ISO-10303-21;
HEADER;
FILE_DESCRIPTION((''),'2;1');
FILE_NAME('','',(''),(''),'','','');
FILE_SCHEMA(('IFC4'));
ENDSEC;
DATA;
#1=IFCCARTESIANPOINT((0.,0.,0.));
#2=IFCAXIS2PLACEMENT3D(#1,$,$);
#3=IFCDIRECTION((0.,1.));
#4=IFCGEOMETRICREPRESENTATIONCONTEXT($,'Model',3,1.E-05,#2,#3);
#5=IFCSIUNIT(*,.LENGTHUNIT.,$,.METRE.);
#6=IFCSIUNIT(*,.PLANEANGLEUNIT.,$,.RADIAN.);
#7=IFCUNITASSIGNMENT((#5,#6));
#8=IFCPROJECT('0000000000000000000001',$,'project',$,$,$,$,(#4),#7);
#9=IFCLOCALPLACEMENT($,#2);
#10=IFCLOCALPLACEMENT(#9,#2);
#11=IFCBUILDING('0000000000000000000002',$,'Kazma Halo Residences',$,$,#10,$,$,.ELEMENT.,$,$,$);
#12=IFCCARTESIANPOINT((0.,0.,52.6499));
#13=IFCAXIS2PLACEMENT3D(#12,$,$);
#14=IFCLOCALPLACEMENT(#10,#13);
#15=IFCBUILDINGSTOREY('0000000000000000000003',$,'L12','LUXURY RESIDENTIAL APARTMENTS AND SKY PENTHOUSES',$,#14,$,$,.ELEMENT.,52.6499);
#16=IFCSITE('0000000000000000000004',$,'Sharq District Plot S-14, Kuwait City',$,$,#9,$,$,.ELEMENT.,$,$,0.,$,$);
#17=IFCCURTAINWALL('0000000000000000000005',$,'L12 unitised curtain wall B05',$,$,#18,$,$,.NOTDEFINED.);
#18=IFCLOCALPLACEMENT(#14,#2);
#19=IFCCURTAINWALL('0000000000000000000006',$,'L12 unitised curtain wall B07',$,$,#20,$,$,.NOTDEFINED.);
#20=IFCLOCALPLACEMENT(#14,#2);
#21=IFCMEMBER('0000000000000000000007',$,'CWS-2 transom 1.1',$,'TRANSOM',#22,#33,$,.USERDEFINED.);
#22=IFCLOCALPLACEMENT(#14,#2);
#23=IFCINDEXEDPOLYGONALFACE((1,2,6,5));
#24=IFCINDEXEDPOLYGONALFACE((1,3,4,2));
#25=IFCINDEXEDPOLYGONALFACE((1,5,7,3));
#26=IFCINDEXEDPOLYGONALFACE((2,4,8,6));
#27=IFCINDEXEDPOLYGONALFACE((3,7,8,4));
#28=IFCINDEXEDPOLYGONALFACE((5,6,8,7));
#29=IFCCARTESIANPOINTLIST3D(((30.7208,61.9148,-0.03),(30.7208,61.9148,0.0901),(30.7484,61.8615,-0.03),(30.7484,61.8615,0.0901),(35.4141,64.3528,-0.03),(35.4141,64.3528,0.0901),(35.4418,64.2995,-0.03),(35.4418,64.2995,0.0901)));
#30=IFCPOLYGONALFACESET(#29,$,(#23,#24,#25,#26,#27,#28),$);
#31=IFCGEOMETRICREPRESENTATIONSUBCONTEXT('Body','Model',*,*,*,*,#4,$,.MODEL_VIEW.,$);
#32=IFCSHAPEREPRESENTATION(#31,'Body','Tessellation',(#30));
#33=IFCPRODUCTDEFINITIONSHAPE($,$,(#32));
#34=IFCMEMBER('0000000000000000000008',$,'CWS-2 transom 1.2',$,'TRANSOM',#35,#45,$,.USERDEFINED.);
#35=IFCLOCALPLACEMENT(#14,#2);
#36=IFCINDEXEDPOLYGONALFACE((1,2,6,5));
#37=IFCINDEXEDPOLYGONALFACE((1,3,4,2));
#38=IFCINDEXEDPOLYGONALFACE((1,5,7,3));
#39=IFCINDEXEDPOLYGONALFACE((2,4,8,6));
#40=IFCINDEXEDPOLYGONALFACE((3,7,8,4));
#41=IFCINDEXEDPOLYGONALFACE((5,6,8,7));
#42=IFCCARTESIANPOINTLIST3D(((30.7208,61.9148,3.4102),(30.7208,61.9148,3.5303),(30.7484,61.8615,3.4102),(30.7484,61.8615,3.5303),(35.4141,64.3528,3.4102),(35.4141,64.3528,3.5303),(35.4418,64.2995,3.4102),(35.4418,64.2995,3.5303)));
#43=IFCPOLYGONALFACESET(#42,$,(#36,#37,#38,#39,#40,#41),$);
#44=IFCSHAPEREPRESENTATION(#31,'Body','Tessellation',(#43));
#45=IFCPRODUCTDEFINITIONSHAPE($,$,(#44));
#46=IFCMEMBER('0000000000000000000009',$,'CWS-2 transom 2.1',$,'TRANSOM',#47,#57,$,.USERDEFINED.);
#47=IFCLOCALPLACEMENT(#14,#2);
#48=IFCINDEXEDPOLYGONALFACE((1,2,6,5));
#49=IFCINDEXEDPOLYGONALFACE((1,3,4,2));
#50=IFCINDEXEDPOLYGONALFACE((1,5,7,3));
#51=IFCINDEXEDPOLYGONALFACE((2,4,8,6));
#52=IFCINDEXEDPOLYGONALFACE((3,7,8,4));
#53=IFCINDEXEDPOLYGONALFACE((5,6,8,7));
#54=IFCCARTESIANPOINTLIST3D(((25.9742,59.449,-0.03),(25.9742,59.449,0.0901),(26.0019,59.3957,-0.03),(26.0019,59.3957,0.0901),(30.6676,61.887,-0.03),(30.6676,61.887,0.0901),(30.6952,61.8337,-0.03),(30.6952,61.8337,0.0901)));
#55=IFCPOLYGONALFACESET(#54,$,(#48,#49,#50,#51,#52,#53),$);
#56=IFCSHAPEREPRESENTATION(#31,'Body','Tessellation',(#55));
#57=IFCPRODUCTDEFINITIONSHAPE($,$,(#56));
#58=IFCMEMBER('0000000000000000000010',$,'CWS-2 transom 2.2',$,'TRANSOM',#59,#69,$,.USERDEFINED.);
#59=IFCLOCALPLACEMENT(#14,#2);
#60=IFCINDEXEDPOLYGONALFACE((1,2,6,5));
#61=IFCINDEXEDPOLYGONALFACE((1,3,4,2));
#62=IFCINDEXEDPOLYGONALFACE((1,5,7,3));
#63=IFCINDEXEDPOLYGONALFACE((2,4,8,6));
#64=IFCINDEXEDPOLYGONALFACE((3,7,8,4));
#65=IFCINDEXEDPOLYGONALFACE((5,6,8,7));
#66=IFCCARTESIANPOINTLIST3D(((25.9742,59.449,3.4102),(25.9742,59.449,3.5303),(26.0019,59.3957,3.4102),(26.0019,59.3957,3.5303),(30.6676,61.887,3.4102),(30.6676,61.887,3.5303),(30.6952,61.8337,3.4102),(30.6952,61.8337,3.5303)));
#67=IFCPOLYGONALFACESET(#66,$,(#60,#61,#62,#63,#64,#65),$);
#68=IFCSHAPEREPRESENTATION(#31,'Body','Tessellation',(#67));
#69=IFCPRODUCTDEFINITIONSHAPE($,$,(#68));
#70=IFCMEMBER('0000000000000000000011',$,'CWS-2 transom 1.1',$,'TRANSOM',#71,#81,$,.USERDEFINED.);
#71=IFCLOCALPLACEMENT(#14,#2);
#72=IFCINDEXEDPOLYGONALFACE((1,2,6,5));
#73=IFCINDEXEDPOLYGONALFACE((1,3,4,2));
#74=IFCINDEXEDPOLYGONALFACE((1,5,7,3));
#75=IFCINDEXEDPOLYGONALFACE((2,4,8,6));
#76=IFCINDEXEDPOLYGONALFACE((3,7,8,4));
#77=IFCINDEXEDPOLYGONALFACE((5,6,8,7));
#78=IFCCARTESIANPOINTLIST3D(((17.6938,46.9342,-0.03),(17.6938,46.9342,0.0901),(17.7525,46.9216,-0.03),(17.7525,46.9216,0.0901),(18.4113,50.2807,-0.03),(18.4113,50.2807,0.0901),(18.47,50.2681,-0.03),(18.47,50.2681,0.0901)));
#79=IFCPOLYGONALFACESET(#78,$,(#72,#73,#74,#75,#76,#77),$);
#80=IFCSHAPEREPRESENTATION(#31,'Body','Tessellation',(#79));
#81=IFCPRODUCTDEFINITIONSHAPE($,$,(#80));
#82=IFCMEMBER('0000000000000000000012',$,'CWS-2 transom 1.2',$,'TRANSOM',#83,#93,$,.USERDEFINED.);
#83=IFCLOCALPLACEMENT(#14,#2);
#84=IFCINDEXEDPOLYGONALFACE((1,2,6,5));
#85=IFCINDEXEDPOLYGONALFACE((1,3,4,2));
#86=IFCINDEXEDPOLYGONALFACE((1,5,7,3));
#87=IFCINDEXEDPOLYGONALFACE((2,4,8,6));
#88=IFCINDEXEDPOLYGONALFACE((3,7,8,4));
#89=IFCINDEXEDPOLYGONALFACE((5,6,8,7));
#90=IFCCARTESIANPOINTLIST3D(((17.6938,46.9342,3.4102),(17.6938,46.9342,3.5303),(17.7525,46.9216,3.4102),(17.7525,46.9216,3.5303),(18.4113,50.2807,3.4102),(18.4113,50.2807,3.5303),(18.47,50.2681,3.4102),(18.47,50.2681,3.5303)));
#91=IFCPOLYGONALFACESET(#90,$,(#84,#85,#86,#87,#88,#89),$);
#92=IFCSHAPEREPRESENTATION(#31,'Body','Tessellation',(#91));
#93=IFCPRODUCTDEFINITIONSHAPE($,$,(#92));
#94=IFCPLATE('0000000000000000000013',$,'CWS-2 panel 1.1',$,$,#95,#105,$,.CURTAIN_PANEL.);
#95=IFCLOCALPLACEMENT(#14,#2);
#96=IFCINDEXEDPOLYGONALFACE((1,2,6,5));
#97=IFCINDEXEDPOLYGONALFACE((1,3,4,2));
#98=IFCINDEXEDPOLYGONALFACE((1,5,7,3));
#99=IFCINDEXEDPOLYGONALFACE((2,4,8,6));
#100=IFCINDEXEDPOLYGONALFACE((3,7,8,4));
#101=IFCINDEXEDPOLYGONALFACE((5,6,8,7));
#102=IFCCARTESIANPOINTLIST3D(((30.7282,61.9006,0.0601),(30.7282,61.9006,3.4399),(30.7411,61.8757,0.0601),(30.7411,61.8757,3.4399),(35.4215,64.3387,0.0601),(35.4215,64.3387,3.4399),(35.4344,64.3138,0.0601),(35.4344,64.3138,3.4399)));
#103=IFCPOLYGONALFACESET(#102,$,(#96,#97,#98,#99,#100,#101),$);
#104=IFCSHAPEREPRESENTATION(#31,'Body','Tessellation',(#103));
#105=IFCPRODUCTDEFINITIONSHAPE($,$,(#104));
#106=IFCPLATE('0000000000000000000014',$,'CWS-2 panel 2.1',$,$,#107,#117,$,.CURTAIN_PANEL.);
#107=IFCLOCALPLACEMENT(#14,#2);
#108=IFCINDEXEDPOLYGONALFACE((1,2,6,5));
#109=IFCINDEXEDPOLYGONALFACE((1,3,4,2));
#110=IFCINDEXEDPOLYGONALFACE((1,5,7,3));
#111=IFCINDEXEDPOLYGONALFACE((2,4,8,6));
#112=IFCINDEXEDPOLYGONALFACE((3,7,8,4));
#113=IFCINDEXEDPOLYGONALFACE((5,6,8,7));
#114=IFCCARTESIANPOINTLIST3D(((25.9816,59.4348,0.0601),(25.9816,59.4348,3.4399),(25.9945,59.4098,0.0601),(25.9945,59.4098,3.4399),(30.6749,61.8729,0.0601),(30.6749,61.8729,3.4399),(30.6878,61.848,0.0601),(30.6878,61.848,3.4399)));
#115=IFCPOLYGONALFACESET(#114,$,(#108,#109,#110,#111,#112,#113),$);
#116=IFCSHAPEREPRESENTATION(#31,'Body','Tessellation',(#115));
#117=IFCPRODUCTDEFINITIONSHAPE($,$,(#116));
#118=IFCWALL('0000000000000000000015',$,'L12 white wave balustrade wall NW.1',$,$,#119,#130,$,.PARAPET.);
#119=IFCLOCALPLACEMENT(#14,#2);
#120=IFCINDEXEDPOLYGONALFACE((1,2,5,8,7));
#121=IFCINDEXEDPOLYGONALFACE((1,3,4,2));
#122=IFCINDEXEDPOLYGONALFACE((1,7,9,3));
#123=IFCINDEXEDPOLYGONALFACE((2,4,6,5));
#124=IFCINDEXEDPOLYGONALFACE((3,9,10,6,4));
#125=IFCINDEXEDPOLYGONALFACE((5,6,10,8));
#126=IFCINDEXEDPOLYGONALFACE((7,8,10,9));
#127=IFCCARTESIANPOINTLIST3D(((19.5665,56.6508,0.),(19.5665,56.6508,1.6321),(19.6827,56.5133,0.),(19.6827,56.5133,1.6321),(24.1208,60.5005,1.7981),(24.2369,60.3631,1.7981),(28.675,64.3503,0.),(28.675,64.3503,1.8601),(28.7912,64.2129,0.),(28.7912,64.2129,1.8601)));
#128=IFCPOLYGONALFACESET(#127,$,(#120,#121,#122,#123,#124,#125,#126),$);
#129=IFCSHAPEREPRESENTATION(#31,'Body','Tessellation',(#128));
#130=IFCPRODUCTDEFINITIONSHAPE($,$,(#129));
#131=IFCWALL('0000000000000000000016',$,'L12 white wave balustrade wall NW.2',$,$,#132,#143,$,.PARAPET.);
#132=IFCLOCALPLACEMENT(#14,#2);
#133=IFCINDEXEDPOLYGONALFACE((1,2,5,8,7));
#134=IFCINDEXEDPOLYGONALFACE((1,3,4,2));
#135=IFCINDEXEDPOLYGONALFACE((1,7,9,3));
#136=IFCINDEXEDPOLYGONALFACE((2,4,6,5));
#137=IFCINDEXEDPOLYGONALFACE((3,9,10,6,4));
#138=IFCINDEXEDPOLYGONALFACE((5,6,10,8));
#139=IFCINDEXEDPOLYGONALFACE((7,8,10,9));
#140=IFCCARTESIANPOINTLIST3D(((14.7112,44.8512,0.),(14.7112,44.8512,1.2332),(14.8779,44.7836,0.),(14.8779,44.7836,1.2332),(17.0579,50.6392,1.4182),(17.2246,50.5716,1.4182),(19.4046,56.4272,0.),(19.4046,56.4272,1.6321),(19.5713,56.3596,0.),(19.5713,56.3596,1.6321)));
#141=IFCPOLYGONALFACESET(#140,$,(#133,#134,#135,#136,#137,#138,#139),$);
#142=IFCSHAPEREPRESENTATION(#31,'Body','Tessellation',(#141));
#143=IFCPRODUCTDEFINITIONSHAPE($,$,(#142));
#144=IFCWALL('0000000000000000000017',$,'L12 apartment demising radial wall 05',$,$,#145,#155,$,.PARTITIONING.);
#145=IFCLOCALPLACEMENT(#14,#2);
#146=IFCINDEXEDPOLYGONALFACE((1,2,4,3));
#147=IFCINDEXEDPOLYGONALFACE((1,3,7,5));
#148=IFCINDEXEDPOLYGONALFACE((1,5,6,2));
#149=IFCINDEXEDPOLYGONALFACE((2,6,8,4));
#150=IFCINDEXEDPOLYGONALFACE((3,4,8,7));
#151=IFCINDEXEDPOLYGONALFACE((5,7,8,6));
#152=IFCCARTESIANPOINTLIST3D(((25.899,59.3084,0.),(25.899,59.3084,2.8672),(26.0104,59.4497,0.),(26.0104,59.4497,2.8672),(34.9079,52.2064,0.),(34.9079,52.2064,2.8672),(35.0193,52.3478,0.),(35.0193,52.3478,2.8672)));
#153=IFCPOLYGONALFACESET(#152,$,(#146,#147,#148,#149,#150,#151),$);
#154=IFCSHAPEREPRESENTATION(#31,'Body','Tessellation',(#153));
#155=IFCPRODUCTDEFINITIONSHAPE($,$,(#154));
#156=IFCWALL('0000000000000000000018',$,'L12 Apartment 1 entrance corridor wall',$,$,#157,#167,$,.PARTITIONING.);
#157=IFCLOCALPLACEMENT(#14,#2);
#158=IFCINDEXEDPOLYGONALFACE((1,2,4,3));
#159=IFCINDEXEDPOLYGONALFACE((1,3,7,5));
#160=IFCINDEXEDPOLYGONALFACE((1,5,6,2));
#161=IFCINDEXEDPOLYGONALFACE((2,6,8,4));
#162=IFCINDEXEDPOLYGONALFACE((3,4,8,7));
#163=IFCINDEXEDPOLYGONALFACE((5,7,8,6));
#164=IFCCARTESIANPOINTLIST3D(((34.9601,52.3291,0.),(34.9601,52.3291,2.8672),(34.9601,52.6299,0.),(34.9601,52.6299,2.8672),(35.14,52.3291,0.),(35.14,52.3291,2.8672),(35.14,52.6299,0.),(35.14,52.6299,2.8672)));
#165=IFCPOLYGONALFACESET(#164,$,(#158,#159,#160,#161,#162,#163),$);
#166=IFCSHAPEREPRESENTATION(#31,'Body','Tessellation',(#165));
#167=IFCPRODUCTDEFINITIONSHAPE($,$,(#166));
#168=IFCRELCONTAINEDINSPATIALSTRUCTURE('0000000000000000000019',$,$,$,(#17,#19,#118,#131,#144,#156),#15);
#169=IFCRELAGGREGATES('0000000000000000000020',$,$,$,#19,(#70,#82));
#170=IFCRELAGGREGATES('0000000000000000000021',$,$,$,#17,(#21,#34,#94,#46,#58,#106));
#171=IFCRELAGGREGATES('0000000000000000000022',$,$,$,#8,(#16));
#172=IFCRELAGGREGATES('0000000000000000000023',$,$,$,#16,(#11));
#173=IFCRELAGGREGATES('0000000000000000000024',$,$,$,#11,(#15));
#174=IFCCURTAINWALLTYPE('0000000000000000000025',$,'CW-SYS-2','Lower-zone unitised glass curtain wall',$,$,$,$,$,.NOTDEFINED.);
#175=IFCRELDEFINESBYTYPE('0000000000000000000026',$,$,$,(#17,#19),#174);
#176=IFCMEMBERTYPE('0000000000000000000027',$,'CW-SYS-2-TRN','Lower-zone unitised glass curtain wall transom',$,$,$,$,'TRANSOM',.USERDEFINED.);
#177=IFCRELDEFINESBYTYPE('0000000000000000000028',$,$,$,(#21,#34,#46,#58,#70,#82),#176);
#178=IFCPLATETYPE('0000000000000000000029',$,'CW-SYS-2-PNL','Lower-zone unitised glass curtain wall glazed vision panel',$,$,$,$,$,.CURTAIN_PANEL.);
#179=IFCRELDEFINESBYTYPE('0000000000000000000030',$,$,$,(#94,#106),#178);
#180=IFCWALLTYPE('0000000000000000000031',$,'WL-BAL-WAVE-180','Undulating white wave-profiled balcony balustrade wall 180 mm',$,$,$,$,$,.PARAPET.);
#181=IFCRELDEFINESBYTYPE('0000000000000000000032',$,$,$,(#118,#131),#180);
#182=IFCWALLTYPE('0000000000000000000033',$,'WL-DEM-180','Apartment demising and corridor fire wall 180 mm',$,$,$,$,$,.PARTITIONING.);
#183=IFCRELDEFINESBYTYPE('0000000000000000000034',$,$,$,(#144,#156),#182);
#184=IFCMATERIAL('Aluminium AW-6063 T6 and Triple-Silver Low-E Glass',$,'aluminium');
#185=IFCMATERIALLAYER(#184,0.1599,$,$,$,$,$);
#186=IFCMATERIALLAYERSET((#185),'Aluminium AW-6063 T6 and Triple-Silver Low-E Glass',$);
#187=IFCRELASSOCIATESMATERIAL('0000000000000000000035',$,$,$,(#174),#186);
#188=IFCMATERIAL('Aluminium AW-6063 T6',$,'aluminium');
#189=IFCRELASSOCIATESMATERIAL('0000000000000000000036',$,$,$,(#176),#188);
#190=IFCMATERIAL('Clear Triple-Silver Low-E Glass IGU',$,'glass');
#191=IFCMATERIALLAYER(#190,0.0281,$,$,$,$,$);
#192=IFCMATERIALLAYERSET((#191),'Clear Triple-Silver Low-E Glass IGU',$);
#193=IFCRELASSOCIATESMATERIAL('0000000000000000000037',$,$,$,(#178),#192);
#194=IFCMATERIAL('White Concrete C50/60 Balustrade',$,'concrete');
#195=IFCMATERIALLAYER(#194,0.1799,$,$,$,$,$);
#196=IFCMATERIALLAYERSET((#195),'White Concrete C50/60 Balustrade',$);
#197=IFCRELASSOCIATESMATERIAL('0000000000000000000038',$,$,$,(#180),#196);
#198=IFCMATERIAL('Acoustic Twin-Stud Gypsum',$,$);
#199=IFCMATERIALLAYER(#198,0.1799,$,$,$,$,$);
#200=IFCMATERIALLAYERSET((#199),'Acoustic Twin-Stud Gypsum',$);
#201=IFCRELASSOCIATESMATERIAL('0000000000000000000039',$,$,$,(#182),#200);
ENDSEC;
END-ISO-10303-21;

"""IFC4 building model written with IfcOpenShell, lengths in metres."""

from ifc_helpers import new_model, si_unit, direction, frame, frame_2d, origin, origin_2d, place, context, subcontext, project, spatial, polyline, rectangle, outline, extrude, material, layer, layer_set, material_profile, profile_set, type_object, element, aggregate, save


model = new_model("IFC4")

# Units and contexts
model_context = context("Model", 3, precision=1e-05, world=origin(), true_north=direction((0.0, 1.0)))
body_context = subcontext(model_context, "Body", "Model", "MODEL_VIEW")
ifc_project = project(units=[si_unit("LENGTHUNIT", "METRE"), si_unit("PLANEANGLEUNIT", "RADIAN")], contexts=[model_context])

# Site, building, storey
site_placement = place(None, origin())
site = spatial("IfcSite", under=ifc_project, at=site_placement, Name="Sharq District Plot S-14, Kuwait City", CompositionType="ELEMENT", RefElevation=0.0)
building_placement = place(site_placement, origin())
building = spatial("IfcBuilding", under=site, at=building_placement, Name="Kazma Halo Residences", CompositionType="ELEMENT")
storey_placement = place(building_placement, frame((0.0, 0.0, 52.6499)))
storey = spatial("IfcBuildingStorey", under=building, at=storey_placement, Name="L12", Description="LUXURY RESIDENTIAL APARTMENTS AND SKY PENTHOUSES", CompositionType="ELEMENT", Elevation=52.6499)

# Curtain wall
ifc_material_1 = material(Name="Aluminium AW-6063 T6 and Triple-Silver Low-E Glass", Category="aluminium")
ifc_layer_1 = layer(ifc_material_1, 0.1599)
ifc_layer_set_1 = layer_set([ifc_layer_1], Name="Aluminium AW-6063 T6 and Triple-Silver Low-E Glass")
curtain_wall_type = type_object("IfcCurtainWallType", Name="CW-SYS-2", Description="Lower-zone unitised glass curtain wall", PredefinedType="NOTDEFINED", material=ifc_layer_set_1)
curtain_wall_1_placement = place(storey_placement, origin())
curtain_wall_1 = element("IfcCurtainWall", 1, at=curtain_wall_1_placement, inside=storey, type_object=curtain_wall_type, Name="L12 unitised curtain wall B05", PredefinedType="NOTDEFINED")
ifc_material_2 = material(Name="Aluminium AW-6063 T6", Category="aluminium")

# Curtain wall
curtain_wall_2_placement = place(storey_placement, origin())
curtain_wall_2 = element("IfcCurtainWall", 2, at=curtain_wall_2_placement, inside=storey, type_object=curtain_wall_type, Name="L12 unitised curtain wall B07", PredefinedType="NOTDEFINED")

# Members
ifc_material_profile_1 = material_profile(ifc_material_2, rectangle(XDim=0.0601, YDim=0.1201, at=origin_2d()), Name="CWT-60x120")
ifc_profile_set_1 = profile_set([ifc_material_profile_1], Name="Aluminium AW-6063 T6")
member_type_1 = type_object("IfcMemberType", Name="CW-SYS-2-TRN", Description="Lower-zone unitised glass curtain wall transom", ElementType="TRANSOM", PredefinedType="USERDEFINED", material=ifc_profile_set_1)
member_1_placement = place(storey_placement, frame((35.428, 64.3262, 0.03), z_axis=(-0.887415, -0.460972, 0.0), x_axis=(0.460972, -0.887415, 0.0)))
member_1 = element("IfcMember", 3, at=member_1_placement, type_object=member_type_1, Name="CWS-2 transom 1.1", ObjectType="TRANSOM", PredefinedType="USERDEFINED", context=body_context, shape_type="SweptSolid", body=[
    extrude(rectangle(XDim=0.0601, YDim=0.1201, at=origin_2d()), origin(), (0.0, 0.0, 1.0), 5.2888),
])
member_2_placement = place(storey_placement, frame((35.428, 64.3262, 3.4702), z_axis=(-0.887415, -0.460972, 0.0), x_axis=(0.460972, -0.887415, 0.0)))
member_2 = element("IfcMember", 4, at=member_2_placement, type_object=member_type_1, Name="CWS-2 transom 1.2", ObjectType="TRANSOM", PredefinedType="USERDEFINED", context=body_context, shape_type="SweptSolid", body=[
    extrude(rectangle(XDim=0.0601, YDim=0.1201, at=origin_2d()), origin(), (0.0, 0.0, 1.0), 5.2888),
])
member_3_placement = place(storey_placement, frame((30.6814, 61.8604, 0.03), z_axis=(-0.887415, -0.460972, 0.0), x_axis=(0.460972, -0.887415, 0.0)))
member_3 = element("IfcMember", 5, at=member_3_placement, type_object=member_type_1, Name="CWS-2 transom 2.1", ObjectType="TRANSOM", PredefinedType="USERDEFINED", context=body_context, shape_type="SweptSolid", body=[
    extrude(rectangle(XDim=0.0601, YDim=0.1201, at=origin_2d()), origin(), (0.0, 0.0, 1.0), 5.2888),
])
member_4_placement = place(storey_placement, frame((30.6814, 61.8604, 3.4702), z_axis=(-0.887415, -0.460972, 0.0), x_axis=(0.460972, -0.887415, 0.0)))
member_4 = element("IfcMember", 6, at=member_4_placement, type_object=member_type_1, Name="CWS-2 transom 2.2", ObjectType="TRANSOM", PredefinedType="USERDEFINED", context=body_context, shape_type="SweptSolid", body=[
    extrude(rectangle(XDim=0.0601, YDim=0.1201, at=origin_2d()), origin(), (0.0, 0.0, 1.0), 5.2888),
])
member_5_placement = place(storey_placement, frame((18.4407, 50.2744, 0.03), z_axis=(-0.209651, -0.977776, 0.0), x_axis=(0.977776, -0.209651, 0.0)))
member_5 = element("IfcMember", 7, at=member_5_placement, type_object=member_type_1, Name="CWS-2 transom 1.1", ObjectType="TRANSOM", PredefinedType="USERDEFINED", context=body_context, shape_type="SweptSolid", body=[
    extrude(rectangle(XDim=0.0601, YDim=0.1201, at=origin_2d()), origin(), (0.0, 0.0, 1.0), 3.4226),
])
member_6_placement = place(storey_placement, frame((18.4407, 50.2744, 3.4702), z_axis=(-0.209651, -0.977776, 0.0), x_axis=(0.977776, -0.209651, 0.0)))
member_6 = element("IfcMember", 8, at=member_6_placement, type_object=member_type_1, Name="CWS-2 transom 1.2", ObjectType="TRANSOM", PredefinedType="USERDEFINED", context=body_context, shape_type="SweptSolid", body=[
    extrude(rectangle(XDim=0.0601, YDim=0.1201, at=origin_2d()), origin(), (0.0, 0.0, 1.0), 3.4226),
])
aggregate(curtain_wall_2, [member_5, member_6])

# Plates
ifc_material_3 = material(Name="Clear Triple-Silver Low-E Glass IGU", Category="glass")
ifc_layer_2 = layer(ifc_material_3, 0.0281)
ifc_layer_set_2 = layer_set([ifc_layer_2], Name="Clear Triple-Silver Low-E Glass IGU")
plate_type = type_object("IfcPlateType", Name="CW-SYS-2-PNL", Description="Lower-zone unitised glass curtain wall glazed vision panel", PredefinedType="CURTAIN_PANEL", material=ifc_layer_set_2)
plate_1_placement = place(storey_placement, frame((33.0813, 63.1072, 0.0601), z_axis=(0.0, 0.0, 1.0), x_axis=(-0.887402, -0.460996, 0.0)))
plate_1 = element("IfcPlate", 9, at=plate_1_placement, type_object=plate_type, Name="CWS-2 panel 1.1", PredefinedType="CURTAIN_PANEL", context=body_context, shape_type="SweptSolid", body=[
    extrude(rectangle(XDim=5.2888, YDim=0.0281, at=origin_2d()), origin(), (0.0, 0.0, 1.0), 3.3799),
])
plate_2_placement = place(storey_placement, frame((28.3347, 60.6414, 0.0601), z_axis=(0.0, 0.0, 1.0), x_axis=(-0.887402, -0.460996, 0.0)))
plate_2 = element("IfcPlate", 10, at=plate_2_placement, type_object=plate_type, Name="CWS-2 panel 2.1", PredefinedType="CURTAIN_PANEL", context=body_context, shape_type="SweptSolid", body=[
    extrude(rectangle(XDim=5.2888, YDim=0.0281, at=origin_2d()), origin(), (0.0, 0.0, 1.0), 3.3799),
])
aggregate(curtain_wall_1, [member_1, member_2, plate_1, member_3, member_4, plate_2])

# Walls
ifc_material_4 = material(Name="White Concrete C50/60 Balustrade", Category="concrete")
ifc_layer_3 = layer(ifc_material_4, 0.1799)
ifc_layer_set_3 = layer_set([ifc_layer_3], Name="White Concrete C50/60 Balustrade")
wall_type_1 = type_object("IfcWallType", Name="WL-BAL-WAVE-180", Description="Undulating white wave-profiled balcony balustrade wall 180 mm", PredefinedType="PARAPET", material=ifc_layer_set_3)
wall_1_placement = place(storey_placement, frame((28.7332, 64.2815, 0.0), z_axis=(0.0, 0.0, 1.0), x_axis=(-0.763702, -0.645569, 0.0)))
element("IfcWall", 11, at=wall_1_placement, inside=storey, type_object=wall_type_1, Name="L12 white wave balustrade wall NW.1", PredefinedType="PARAPET", context=body_context, shape_type="SweptSolid", body=[
    extrude(outline(polyline([(0.0, 0.0), (11.9268, 0.0), (11.9268, 1.6321), (5.9634, 1.7981), (0.0, 1.8601), (0.0, 0.0)])), frame((0.0, 0.0898, 0.0), z_axis=(0.0, -1.0, 0.0), x_axis=(1.0, 0.0, 0.0)), (0.0, 0.0, 1.0), 0.1799),
])
wall_2_placement = place(storey_placement, frame((19.488, 56.3933, 0.0), z_axis=(0.0, 0.0, 1.0), x_axis=(-0.375734, -0.926728, 0.0)))
element("IfcWall", 12, at=wall_2_placement, inside=storey, type_object=wall_type_1, Name="L12 white wave balustrade wall NW.2", PredefinedType="PARAPET", context=body_context, shape_type="SweptSolid", body=[
    extrude(outline(polyline([(0.0, 0.0), (12.4912, 0.0), (12.4912, 1.2332), (6.2456, 1.4182), (0.0, 1.6321), (0.0, 0.0)])), frame((0.0, 0.0898, 0.0), z_axis=(0.0, -1.0, 0.0), x_axis=(1.0, 0.0, 0.0)), (0.0, 0.0, 1.0), 0.1799),
])
ifc_material_5 = material(Name="Acoustic Twin-Stud Gypsum")
ifc_layer_4 = layer(ifc_material_5, 0.1799)
ifc_layer_set_4 = layer_set([ifc_layer_4], Name="Acoustic Twin-Stud Gypsum")
wall_type_2 = type_object("IfcWallType", Name="WL-DEM-180", Description="Apartment demising and corridor fire wall 180 mm", PredefinedType="PARTITIONING", material=ifc_layer_set_4)
wall_3_placement = place(storey_placement, frame((34.9636, 52.2771, 0.0), z_axis=(0.0, 0.0, 1.0), x_axis=(-0.785321, 0.619089, 0.0)))
element("IfcWall", 13, at=wall_3_placement, inside=storey, type_object=wall_type_2, Name="L12 apartment demising radial wall 05", PredefinedType="PARTITIONING", context=body_context, shape_type="SweptSolid", body=[
    extrude(rectangle(XDim=11.4717, YDim=0.1799, at=frame_2d((5.7358, 0.0))), origin(), (0.0, 0.0, 1.0), 2.8672),
])
wall_4_placement = place(storey_placement, frame((35.05, 52.6299, 0.0), z_axis=(0.0, 0.0, 1.0), x_axis=(0.0, -1.0, 0.0)))
element("IfcWall", 14, at=wall_4_placement, inside=storey, type_object=wall_type_2, Name="L12 Apartment 1 entrance corridor wall", PredefinedType="PARTITIONING", context=body_context, shape_type="SweptSolid", body=[
    extrude(rectangle(XDim=0.3008, YDim=0.1799, at=frame_2d((0.1504, 0.0))), origin(), (0.0, 0.0, 1.0), 2.8672),
])

save(model, "model.ifc")
